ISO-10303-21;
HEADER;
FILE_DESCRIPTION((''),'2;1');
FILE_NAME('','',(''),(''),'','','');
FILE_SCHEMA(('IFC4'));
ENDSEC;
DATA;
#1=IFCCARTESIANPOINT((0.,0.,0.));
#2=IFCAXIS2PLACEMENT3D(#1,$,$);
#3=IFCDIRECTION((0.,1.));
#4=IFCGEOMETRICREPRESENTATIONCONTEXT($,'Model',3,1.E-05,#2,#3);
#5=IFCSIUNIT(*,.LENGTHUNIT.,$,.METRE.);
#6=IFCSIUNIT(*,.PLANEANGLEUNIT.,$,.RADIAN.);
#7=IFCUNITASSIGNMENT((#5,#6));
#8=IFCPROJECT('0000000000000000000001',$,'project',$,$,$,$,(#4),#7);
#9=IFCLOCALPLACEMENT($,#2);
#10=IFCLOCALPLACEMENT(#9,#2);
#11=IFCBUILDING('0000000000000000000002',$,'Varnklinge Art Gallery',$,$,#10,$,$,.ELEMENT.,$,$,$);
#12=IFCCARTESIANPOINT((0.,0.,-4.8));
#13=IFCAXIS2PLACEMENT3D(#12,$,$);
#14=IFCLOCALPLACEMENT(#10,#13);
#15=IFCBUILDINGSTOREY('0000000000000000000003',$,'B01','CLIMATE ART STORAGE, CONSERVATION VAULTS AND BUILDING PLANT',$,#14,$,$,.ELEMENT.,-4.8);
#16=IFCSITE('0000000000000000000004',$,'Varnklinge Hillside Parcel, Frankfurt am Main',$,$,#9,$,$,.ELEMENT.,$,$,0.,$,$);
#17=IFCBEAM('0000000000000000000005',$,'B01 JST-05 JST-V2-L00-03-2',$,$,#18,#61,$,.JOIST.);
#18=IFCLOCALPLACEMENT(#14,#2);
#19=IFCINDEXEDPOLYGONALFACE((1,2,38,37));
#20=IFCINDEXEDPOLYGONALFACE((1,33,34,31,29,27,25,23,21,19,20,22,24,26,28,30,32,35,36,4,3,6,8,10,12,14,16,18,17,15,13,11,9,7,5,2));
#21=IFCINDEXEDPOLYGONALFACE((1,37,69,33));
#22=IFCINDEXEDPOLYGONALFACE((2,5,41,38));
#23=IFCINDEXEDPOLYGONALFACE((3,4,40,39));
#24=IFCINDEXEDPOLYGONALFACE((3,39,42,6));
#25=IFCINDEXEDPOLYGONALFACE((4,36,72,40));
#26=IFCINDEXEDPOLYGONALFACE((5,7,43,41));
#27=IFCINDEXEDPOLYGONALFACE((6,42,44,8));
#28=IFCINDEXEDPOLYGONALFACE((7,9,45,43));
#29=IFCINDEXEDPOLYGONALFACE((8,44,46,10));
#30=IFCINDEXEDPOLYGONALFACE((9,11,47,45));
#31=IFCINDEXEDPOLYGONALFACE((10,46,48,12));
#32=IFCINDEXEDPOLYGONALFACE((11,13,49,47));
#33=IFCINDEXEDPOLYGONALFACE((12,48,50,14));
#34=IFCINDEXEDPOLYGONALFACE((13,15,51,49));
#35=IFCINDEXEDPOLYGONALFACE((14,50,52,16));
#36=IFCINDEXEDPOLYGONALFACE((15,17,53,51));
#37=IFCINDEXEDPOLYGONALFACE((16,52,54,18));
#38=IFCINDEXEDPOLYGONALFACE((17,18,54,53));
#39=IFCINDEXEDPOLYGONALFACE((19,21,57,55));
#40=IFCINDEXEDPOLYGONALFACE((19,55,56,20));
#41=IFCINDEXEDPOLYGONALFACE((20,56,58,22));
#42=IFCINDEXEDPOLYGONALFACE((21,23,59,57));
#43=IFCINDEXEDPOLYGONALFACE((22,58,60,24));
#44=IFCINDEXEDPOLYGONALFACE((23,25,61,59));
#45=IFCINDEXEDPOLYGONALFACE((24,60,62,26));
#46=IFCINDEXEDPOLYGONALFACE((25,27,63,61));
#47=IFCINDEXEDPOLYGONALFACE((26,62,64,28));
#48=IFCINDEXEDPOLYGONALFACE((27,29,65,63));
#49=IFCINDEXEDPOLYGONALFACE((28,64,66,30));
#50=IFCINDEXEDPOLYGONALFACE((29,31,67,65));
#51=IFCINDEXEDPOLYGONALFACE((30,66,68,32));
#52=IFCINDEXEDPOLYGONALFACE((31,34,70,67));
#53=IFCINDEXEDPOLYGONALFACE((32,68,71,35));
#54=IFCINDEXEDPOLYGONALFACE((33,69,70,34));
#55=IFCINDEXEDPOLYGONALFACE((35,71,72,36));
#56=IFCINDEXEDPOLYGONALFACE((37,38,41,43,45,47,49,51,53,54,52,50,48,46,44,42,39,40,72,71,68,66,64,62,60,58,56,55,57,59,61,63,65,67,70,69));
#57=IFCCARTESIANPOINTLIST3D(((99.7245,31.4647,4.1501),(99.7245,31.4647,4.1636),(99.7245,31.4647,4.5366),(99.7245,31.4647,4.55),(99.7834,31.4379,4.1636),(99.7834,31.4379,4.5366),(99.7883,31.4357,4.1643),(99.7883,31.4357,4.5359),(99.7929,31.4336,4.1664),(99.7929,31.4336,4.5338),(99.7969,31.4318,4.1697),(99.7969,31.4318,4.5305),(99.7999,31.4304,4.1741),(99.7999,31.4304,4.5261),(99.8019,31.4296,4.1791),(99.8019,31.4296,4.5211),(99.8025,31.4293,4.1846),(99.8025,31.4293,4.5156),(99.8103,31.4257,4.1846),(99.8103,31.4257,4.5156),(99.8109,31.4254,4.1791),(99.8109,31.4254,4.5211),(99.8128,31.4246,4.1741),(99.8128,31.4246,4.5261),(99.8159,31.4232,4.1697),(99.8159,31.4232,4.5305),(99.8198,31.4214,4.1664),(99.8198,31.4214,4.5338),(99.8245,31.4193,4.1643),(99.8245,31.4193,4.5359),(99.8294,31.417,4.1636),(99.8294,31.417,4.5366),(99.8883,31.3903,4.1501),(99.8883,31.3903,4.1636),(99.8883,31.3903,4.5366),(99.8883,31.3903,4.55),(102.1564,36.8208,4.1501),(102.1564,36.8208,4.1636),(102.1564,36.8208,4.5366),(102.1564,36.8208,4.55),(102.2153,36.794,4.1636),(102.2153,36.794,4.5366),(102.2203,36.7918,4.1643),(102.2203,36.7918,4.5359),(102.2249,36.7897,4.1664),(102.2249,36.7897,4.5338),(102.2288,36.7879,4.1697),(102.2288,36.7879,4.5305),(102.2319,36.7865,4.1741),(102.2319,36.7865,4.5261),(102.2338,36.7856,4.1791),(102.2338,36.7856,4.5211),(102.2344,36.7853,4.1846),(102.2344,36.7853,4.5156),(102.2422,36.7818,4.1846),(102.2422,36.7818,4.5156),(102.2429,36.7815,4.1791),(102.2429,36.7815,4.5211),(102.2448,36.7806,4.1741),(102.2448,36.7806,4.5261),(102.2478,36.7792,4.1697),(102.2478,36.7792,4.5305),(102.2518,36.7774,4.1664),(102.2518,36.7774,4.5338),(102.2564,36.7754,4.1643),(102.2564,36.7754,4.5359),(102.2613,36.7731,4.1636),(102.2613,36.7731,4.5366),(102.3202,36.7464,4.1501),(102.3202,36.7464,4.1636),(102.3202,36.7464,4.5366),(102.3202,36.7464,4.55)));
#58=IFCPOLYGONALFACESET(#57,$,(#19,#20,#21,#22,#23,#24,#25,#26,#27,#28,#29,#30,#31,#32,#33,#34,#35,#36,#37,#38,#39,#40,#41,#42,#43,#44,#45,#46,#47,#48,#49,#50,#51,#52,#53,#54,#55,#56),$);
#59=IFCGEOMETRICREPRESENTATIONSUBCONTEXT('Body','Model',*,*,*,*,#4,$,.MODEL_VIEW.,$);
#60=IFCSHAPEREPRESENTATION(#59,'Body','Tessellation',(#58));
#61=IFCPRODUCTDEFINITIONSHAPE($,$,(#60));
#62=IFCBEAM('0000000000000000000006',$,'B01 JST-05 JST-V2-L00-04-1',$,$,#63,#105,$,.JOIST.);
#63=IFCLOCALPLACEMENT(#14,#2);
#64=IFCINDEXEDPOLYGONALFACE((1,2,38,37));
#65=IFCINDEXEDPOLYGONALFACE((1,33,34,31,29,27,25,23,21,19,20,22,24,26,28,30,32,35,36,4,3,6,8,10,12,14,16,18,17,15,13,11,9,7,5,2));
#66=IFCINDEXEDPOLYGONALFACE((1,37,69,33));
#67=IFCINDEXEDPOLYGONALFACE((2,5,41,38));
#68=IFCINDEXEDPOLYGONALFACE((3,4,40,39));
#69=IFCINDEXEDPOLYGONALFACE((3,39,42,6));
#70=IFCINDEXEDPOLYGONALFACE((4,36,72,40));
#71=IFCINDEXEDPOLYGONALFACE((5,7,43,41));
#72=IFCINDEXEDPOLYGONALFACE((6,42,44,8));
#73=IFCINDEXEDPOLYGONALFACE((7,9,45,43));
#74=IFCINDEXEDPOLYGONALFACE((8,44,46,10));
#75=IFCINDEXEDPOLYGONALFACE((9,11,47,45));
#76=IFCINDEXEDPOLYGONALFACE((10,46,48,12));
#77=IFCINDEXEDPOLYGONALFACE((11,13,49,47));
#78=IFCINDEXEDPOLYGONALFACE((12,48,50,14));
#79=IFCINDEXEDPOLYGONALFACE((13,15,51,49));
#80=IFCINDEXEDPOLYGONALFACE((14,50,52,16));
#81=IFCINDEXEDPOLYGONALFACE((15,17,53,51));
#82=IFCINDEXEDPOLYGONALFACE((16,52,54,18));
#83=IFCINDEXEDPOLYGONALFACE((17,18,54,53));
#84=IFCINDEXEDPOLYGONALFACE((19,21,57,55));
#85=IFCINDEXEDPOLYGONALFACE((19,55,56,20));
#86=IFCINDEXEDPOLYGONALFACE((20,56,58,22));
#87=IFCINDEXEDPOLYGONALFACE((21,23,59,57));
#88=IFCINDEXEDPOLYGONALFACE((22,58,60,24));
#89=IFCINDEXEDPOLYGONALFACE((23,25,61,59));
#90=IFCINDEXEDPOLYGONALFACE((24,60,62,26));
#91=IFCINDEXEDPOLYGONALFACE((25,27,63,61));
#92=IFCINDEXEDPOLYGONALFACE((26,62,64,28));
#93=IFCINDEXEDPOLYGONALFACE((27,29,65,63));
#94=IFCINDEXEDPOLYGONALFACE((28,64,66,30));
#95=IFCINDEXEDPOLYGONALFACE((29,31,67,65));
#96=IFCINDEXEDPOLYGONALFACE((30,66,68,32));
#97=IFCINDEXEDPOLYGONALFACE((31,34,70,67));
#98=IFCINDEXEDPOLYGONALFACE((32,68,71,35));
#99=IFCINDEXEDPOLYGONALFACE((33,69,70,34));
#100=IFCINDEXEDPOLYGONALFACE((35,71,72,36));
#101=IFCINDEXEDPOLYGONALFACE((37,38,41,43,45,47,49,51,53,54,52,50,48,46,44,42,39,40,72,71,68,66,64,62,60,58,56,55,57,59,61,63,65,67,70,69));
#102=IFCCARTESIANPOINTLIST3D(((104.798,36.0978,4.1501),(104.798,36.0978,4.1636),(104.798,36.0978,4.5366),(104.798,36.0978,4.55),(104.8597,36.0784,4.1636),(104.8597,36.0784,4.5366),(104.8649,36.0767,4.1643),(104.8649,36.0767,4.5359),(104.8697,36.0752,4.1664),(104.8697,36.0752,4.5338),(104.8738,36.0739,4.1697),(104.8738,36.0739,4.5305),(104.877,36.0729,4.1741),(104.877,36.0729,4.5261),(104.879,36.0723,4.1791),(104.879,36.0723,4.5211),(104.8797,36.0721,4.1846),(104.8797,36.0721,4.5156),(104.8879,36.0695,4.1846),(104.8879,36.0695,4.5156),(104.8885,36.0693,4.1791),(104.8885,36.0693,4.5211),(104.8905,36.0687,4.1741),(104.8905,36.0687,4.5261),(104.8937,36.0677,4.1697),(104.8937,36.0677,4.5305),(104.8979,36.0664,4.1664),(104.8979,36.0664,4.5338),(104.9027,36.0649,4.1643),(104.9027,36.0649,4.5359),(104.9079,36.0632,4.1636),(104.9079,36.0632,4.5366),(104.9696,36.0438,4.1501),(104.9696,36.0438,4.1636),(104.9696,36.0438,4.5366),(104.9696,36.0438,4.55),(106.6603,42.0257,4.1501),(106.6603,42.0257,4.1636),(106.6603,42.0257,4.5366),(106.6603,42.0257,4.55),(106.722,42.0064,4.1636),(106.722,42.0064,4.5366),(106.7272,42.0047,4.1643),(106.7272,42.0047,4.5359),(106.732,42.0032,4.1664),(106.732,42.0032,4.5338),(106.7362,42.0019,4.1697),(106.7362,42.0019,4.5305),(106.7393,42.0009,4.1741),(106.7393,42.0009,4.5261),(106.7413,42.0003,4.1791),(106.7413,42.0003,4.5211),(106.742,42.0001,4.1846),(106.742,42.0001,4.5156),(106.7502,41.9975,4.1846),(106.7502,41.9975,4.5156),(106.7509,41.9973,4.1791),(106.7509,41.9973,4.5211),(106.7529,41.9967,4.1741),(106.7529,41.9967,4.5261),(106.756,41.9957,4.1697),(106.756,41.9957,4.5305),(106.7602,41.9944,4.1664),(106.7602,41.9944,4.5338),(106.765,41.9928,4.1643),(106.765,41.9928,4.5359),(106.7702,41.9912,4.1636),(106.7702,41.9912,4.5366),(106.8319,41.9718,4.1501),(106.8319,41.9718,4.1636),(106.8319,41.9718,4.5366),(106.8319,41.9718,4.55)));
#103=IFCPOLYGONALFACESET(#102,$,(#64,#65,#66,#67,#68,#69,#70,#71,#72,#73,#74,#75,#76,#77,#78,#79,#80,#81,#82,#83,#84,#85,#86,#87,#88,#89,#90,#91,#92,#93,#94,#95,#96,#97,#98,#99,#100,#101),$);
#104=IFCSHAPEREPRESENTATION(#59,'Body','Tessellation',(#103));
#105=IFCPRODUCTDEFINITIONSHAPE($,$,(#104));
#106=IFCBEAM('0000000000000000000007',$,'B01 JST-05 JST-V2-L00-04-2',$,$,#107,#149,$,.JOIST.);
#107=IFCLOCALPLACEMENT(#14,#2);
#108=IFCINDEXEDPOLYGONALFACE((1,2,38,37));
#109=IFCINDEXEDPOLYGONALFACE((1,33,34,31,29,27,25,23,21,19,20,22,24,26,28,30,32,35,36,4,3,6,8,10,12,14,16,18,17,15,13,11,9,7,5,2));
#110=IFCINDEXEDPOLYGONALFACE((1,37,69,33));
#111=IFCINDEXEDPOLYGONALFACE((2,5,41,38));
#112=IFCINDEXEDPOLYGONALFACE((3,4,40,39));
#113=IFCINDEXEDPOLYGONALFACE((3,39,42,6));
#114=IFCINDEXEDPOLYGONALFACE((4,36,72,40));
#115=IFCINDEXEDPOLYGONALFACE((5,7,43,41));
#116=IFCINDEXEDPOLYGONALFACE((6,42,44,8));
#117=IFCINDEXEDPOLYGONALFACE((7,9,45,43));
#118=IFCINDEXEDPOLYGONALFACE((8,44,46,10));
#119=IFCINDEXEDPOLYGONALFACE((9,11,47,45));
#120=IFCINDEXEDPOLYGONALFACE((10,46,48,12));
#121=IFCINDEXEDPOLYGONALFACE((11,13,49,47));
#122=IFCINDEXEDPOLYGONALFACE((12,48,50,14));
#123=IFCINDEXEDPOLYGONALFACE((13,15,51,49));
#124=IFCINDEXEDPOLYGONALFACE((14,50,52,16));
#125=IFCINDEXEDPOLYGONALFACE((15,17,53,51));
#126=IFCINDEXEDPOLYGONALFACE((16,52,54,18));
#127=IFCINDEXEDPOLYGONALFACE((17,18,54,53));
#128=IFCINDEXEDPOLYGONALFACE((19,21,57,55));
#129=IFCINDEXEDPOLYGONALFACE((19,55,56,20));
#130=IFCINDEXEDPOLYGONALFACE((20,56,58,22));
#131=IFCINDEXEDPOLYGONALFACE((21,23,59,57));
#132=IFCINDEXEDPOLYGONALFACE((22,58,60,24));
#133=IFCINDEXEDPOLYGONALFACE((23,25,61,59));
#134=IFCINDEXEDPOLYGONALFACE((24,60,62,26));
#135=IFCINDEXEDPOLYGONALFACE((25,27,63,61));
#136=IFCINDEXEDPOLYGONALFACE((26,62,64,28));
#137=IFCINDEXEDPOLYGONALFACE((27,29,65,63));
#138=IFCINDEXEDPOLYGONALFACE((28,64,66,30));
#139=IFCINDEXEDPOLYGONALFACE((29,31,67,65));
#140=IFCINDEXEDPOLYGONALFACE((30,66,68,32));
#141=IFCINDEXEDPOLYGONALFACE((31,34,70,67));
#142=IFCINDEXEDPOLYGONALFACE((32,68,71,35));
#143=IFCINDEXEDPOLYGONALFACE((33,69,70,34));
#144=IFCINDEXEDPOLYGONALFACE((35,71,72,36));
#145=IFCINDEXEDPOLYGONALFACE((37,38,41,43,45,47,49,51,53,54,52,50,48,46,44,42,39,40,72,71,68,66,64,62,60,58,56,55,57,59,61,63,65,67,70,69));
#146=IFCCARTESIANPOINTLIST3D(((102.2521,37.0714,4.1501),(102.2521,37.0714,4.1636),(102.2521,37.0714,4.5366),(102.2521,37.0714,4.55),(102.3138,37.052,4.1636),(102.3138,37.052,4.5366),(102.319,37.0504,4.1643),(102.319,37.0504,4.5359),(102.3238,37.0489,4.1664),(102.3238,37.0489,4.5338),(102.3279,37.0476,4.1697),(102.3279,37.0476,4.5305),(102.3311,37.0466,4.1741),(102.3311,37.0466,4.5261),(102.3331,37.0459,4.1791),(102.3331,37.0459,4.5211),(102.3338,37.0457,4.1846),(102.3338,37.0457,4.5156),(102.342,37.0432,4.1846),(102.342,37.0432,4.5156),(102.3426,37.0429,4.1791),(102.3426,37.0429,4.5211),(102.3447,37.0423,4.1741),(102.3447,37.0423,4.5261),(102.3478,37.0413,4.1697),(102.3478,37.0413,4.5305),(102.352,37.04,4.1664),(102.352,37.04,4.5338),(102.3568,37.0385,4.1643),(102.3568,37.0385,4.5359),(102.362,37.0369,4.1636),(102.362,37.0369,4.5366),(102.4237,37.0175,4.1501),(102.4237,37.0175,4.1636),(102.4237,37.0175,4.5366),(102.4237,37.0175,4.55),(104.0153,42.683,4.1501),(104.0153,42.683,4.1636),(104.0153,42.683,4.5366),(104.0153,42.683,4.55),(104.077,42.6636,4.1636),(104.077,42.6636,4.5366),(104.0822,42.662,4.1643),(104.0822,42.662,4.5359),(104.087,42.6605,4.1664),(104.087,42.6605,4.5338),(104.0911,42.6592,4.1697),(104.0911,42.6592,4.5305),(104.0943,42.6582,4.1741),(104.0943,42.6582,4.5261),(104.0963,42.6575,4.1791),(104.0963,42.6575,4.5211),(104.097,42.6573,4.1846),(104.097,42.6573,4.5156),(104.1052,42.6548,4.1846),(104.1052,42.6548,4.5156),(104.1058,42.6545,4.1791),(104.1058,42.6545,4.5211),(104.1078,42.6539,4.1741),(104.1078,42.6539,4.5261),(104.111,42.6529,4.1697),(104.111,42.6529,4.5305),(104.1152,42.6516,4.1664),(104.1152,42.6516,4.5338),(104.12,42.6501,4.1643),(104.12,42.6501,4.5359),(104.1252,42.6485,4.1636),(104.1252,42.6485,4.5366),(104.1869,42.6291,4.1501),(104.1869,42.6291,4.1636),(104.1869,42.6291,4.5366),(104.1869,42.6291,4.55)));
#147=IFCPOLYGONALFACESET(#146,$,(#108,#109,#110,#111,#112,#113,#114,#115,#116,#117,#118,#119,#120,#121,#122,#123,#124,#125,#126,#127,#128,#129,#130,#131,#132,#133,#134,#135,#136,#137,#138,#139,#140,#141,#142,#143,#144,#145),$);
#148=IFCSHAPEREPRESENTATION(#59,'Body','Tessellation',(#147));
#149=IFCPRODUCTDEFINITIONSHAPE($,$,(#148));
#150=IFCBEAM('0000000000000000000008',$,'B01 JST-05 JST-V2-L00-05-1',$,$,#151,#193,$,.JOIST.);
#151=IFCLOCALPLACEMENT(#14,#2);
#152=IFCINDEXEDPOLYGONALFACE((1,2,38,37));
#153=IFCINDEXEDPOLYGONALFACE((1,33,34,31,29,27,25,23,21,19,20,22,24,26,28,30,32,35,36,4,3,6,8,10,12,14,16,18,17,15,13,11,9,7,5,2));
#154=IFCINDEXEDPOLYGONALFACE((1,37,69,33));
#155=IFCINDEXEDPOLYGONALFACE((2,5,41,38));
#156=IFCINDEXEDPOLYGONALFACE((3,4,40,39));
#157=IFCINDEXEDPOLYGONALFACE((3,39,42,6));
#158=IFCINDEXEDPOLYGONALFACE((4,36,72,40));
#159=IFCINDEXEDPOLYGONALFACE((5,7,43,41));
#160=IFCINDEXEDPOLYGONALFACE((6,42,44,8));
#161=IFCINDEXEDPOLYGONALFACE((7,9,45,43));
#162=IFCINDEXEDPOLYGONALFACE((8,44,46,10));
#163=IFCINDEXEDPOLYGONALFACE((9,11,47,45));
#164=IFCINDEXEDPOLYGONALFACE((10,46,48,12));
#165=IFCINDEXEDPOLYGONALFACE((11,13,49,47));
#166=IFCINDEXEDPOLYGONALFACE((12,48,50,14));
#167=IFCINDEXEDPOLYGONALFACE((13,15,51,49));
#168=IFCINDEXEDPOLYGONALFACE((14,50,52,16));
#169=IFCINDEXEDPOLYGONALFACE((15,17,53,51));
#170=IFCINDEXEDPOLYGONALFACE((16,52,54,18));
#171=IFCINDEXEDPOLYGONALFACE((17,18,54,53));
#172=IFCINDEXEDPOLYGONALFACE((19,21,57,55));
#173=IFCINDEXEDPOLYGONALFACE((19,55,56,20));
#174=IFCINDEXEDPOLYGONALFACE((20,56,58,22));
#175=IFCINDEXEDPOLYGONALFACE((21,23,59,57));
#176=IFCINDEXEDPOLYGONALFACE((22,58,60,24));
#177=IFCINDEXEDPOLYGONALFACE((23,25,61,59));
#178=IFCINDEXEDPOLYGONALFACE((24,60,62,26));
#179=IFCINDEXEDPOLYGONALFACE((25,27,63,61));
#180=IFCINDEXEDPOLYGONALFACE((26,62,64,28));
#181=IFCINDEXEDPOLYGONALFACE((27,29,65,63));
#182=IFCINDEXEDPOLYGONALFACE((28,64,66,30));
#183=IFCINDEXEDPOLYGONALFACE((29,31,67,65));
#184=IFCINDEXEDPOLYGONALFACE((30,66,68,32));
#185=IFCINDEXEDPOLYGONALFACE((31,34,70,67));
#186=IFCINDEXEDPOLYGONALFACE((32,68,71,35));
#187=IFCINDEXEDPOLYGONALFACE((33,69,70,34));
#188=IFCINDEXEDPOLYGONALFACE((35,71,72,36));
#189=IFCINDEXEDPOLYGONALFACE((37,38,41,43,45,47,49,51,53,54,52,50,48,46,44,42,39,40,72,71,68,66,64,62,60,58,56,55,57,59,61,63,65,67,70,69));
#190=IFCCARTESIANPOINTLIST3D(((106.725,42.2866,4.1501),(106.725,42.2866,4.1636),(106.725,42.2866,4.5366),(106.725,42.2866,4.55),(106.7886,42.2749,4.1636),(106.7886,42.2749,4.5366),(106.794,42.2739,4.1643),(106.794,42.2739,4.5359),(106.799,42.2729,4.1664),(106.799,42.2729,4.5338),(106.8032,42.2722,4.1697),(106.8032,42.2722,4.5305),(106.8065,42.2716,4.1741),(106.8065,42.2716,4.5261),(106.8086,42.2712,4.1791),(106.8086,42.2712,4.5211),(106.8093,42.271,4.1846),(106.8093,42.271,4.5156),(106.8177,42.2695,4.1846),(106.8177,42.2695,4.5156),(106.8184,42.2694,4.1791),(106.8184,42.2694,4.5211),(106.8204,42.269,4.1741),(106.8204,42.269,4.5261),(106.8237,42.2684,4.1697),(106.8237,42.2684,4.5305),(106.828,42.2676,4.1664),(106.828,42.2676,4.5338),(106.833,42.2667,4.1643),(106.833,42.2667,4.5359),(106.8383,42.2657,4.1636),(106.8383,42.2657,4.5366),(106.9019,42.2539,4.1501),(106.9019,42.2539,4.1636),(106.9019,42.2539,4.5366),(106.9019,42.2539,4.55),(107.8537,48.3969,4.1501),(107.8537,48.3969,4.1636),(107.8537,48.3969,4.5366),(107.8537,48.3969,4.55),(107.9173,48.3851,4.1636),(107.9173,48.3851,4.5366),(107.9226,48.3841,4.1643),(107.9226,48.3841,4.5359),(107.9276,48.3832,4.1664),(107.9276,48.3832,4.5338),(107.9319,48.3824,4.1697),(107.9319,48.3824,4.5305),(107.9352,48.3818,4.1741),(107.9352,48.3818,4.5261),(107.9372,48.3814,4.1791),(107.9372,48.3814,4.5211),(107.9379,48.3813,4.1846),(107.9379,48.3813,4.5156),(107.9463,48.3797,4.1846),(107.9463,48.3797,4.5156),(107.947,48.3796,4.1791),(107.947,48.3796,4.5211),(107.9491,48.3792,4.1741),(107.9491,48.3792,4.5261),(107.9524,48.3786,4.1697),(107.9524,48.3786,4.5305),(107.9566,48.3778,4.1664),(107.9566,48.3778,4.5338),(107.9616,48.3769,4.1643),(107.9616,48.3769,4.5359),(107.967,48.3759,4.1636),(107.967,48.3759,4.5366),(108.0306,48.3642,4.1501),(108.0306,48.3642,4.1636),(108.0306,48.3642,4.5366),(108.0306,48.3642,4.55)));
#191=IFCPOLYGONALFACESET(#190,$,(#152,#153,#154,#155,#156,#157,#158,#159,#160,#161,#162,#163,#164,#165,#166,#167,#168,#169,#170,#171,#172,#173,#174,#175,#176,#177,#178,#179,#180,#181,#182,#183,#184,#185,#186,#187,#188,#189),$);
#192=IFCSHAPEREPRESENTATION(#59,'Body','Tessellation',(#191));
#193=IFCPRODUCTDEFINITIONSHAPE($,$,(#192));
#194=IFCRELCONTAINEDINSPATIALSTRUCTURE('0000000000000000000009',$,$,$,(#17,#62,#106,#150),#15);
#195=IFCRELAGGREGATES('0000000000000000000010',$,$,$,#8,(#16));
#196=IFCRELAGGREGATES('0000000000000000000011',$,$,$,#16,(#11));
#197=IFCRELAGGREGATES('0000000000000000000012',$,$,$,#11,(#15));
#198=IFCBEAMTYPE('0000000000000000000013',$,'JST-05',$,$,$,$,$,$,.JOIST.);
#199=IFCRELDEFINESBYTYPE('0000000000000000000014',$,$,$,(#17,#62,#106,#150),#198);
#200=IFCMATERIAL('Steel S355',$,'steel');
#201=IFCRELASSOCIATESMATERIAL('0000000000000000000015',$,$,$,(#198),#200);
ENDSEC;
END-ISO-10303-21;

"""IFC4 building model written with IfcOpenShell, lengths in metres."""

from ifc_helpers import new_model, si_unit, direction, frame, origin, origin_2d, place, context, subcontext, project, spatial, i_section, extrude, material, material_profile, profile_set, type_object, element, save


model = new_model("IFC4")

# Units and contexts
model_context = context("Model", 3, precision=1e-05, world=origin(), true_north=direction((0.0, 1.0)))
body_context = subcontext(model_context, "Body", "Model", "MODEL_VIEW")
ifc_project = project(units=[si_unit("LENGTHUNIT", "METRE"), si_unit("PLANEANGLEUNIT", "RADIAN")], contexts=[model_context])

# Site, building, storey
site_placement = place(None, origin())
site = spatial("IfcSite", under=ifc_project, at=site_placement, Name="Varnklinge Hillside Parcel, Frankfurt am Main", CompositionType="ELEMENT", RefElevation=0.0)
building_placement = place(site_placement, origin())
building = spatial("IfcBuilding", under=site, at=building_placement, Name="Varnklinge Art Gallery", CompositionType="ELEMENT")
storey_placement = place(building_placement, frame((0.0, 0.0, -4.8)))
storey = spatial("IfcBuildingStorey", under=building, at=storey_placement, Name="B01", Description="CLIMATE ART STORAGE, CONSERVATION VAULTS AND BUILDING PLANT", CompositionType="ELEMENT", Elevation=-4.8)

# Beams
ifc_material_1 = material(Name="Steel S355", Category="steel")
ifc_material_profile_1 = material_profile(ifc_material_1, i_section(OverallWidth=0.1799, OverallDepth=0.3999, WebThickness=0.0085, FlangeThickness=0.0134, FilletRadius=0.021, at=origin_2d()), Name="IPE 400")
ifc_profile_set_1 = profile_set([ifc_material_profile_1], Name="Steel S355")
beam_type_1 = type_object("IfcBeamType", Name="JST-05", PredefinedType="JOIST", material=ifc_profile_set_1)
beam_1_placement = place(storey_placement, frame((99.8064, 31.4275, 4.3501), z_axis=(0.413431, 0.910536, 0.0), x_axis=(-0.910536, 0.413431, 0.0)))
element("IfcBeam", 1, at=beam_1_placement, inside=storey, type_object=beam_type_1, Name="B01 JST-05 JST-V2-L00-03-2", PredefinedType="JOIST", context=body_context, shape_type="SweptSolid", body=[
    extrude(i_section(OverallWidth=0.1799, OverallDepth=0.3999, WebThickness=0.0085, FlangeThickness=0.0134, FilletRadius=0.021, at=origin_2d()), origin(), (0.0, 0.0, 1.0), 5.8823),
])
beam_2_placement = place(storey_placement, frame((104.8838, 36.0708, 4.3501), z_axis=(0.299713, 0.954029, 0.0), x_axis=(-0.954029, 0.299713, 0.0)))
element("IfcBeam", 2, at=beam_2_placement, inside=storey, type_object=beam_type_1, Name="B01 JST-05 JST-V2-L00-04-1", PredefinedType="JOIST", context=body_context, shape_type="SweptSolid", body=[
    extrude(i_section(OverallWidth=0.1799, OverallDepth=0.3999, WebThickness=0.0085, FlangeThickness=0.0134, FilletRadius=0.021, at=origin_2d()), origin(), (0.0, 0.0, 1.0), 6.2136),
])
beam_3_placement = place(storey_placement, frame((102.3379, 37.0444, 4.3501), z_axis=(0.299756, 0.954016, 0.0), x_axis=(-0.954016, 0.299756, 0.0)))
element("IfcBeam", 3, at=beam_3_placement, inside=storey, type_object=beam_type_1, Name="B01 JST-05 JST-V2-L00-04-2", PredefinedType="JOIST", context=body_context, shape_type="SweptSolid", body=[
    extrude(i_section(OverallWidth=0.1799, OverallDepth=0.3999, WebThickness=0.0085, FlangeThickness=0.0134, FilletRadius=0.021, at=origin_2d()), origin(), (0.0, 0.0, 1.0), 5.8821),
])
beam_4_placement = place(storey_placement, frame((106.8135, 42.2703, 4.3501), z_axis=(0.18164, 0.983365, 0.0), x_axis=(-0.983365, 0.18164, 0.0)))
element("IfcBeam", 4, at=beam_4_placement, inside=storey, type_object=beam_type_1, Name="B01 JST-05 JST-V2-L00-05-1", PredefinedType="JOIST", context=body_context, shape_type="SweptSolid", body=[
    extrude(i_section(OverallWidth=0.1799, OverallDepth=0.3999, WebThickness=0.0085, FlangeThickness=0.0134, FilletRadius=0.021, at=origin_2d()), origin(), (0.0, 0.0, 1.0), 6.2136),
])

save(model, "model.ifc")
